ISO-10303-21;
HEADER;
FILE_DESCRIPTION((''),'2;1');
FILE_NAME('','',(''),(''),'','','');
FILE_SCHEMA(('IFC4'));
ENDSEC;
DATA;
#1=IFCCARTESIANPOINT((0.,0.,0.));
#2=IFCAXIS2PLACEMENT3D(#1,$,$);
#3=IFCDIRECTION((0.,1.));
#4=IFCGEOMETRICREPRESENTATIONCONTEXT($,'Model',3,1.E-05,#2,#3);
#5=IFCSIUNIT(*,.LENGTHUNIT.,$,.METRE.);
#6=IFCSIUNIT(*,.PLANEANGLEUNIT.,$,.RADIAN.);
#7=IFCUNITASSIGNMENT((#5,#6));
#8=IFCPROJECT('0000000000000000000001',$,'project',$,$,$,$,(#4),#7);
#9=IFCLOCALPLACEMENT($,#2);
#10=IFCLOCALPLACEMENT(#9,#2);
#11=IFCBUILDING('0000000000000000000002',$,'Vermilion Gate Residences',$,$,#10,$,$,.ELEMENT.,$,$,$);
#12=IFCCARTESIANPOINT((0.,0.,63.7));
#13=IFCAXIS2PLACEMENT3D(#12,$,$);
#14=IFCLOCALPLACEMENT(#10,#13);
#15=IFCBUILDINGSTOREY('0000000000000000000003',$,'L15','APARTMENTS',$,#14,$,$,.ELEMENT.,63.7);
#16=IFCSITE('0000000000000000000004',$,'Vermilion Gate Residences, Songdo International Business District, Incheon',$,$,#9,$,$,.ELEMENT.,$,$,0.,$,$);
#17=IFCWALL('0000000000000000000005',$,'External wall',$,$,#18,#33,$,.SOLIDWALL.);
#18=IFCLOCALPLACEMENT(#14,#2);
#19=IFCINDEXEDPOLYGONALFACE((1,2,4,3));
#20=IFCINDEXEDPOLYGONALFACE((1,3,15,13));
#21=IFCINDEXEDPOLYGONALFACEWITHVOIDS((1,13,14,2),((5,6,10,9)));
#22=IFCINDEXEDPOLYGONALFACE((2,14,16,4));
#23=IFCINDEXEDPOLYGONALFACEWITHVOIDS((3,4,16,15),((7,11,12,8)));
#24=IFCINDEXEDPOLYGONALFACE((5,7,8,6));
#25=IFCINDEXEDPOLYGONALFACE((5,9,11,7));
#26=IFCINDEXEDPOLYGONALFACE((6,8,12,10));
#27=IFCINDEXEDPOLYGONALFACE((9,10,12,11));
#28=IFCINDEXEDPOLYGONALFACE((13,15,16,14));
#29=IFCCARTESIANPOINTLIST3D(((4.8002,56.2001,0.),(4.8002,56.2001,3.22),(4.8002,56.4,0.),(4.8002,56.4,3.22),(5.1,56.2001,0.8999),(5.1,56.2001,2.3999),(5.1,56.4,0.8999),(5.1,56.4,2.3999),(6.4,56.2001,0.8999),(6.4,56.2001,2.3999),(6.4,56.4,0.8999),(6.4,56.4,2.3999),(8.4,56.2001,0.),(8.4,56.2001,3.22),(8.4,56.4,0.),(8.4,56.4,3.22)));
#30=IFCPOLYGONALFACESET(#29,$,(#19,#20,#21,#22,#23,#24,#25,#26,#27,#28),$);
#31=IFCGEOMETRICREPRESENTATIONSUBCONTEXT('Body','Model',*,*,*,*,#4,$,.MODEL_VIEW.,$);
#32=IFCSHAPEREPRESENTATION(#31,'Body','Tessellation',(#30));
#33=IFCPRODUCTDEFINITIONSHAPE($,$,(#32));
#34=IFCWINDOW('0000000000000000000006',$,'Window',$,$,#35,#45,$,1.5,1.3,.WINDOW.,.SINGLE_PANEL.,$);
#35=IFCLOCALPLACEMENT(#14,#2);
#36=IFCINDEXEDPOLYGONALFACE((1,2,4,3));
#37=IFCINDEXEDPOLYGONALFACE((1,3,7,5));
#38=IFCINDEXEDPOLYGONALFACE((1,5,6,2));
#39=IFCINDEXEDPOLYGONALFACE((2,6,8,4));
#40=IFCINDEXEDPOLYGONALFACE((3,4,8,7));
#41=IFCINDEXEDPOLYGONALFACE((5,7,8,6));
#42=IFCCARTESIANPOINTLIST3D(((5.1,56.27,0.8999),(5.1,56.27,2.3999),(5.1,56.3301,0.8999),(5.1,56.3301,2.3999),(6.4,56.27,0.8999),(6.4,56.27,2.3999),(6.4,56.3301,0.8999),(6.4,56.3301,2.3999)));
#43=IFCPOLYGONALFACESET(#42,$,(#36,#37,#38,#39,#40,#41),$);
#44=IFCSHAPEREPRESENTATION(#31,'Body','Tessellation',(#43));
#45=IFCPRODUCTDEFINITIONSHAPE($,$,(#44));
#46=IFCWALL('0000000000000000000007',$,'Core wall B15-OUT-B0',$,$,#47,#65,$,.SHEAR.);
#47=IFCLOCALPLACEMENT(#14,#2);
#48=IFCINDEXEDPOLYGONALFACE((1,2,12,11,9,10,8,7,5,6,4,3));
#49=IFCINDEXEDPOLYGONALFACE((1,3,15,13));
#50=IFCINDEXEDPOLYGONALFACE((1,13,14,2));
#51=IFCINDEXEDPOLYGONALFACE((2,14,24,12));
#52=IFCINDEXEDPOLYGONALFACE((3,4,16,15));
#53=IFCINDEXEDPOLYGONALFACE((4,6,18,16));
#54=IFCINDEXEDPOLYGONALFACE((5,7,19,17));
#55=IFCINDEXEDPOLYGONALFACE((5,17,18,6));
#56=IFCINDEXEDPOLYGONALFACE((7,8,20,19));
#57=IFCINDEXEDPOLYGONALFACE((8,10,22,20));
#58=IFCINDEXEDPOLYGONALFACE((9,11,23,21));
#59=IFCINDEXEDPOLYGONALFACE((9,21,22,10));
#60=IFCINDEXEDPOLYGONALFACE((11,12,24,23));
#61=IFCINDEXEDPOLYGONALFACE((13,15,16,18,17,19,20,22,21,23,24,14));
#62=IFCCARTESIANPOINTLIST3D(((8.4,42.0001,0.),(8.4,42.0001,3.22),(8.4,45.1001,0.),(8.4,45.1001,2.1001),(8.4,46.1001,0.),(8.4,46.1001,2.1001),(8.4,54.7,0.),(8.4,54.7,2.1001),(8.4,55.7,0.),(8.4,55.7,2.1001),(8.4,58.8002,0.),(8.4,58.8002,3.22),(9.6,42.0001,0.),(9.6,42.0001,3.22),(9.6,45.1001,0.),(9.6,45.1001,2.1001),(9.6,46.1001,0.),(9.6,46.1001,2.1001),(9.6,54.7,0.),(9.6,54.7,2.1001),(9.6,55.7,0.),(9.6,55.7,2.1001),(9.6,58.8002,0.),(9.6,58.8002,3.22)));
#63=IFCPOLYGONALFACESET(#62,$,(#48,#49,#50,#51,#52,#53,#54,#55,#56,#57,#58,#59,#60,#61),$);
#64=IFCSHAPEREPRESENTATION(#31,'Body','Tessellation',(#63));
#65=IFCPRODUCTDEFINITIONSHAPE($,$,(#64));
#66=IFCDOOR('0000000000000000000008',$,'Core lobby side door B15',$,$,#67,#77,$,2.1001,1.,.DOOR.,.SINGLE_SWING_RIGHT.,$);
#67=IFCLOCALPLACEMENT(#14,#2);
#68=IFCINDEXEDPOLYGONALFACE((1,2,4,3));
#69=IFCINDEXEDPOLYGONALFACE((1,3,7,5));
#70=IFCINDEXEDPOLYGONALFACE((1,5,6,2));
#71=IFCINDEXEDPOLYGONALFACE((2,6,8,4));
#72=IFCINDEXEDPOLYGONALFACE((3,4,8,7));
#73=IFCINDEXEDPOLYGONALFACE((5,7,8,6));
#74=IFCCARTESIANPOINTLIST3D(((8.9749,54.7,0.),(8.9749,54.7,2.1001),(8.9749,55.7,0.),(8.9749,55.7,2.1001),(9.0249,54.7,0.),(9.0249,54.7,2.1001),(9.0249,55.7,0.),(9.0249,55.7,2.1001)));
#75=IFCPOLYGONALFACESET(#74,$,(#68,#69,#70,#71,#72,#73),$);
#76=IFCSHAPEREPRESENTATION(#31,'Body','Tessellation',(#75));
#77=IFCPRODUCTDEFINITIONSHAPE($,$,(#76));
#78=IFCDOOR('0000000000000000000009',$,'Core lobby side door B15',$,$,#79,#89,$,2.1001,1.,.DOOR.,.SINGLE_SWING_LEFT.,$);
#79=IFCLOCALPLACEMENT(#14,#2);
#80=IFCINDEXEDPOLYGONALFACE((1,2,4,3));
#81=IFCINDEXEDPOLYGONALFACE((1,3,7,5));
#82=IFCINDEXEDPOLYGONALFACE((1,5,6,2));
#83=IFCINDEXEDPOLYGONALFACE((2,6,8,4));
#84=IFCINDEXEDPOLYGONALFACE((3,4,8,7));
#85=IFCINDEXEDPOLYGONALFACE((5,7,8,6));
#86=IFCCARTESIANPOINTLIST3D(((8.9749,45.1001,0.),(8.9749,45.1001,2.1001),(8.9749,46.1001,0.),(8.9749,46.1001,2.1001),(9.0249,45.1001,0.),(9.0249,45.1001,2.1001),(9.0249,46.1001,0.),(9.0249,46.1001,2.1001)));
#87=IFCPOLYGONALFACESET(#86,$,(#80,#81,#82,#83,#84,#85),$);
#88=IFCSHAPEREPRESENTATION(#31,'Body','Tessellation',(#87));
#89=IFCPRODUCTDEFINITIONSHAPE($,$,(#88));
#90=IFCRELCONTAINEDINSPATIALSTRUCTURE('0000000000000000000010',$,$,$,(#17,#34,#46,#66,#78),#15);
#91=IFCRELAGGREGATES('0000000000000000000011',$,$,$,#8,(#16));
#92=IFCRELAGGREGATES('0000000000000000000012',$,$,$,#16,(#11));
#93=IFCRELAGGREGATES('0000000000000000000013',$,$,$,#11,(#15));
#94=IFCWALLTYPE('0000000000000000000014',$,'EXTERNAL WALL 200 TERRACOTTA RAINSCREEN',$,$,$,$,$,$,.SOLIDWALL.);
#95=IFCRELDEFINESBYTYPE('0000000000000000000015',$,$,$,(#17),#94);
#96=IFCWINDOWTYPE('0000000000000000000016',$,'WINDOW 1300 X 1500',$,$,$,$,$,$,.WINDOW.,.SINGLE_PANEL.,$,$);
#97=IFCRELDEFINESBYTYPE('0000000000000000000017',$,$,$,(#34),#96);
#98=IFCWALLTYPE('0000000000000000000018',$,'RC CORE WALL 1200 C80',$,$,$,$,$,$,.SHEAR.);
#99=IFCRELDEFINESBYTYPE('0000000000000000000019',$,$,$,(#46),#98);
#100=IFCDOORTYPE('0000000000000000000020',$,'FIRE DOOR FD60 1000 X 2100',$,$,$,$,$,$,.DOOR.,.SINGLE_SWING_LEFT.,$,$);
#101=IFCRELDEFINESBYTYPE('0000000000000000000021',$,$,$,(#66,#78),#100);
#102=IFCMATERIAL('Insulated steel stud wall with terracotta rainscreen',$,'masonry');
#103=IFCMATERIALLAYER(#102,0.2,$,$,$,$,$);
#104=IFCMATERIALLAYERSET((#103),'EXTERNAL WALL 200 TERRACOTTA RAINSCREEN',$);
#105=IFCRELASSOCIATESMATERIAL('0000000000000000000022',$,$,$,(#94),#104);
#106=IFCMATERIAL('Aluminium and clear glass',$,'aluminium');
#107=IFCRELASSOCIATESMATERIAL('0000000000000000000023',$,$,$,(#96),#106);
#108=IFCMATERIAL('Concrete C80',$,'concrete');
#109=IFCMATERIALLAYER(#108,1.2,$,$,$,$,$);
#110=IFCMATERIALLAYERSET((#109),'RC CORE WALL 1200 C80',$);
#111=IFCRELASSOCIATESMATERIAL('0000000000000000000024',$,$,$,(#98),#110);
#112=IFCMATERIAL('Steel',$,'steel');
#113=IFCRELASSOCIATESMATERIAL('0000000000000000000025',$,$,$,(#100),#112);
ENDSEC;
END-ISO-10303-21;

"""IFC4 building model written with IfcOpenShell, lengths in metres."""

from ifc_helpers import new_model, si_unit, direction, frame, frame_2d, origin, place, context, subcontext, project, spatial, rectangle, extrude, material, layer, layer_set, type_object, element, fill, save


model = new_model("IFC4")

# Units and contexts
model_context = context("Model", 3, precision=1e-05, world=origin(), true_north=direction((0.0, 1.0)))
body_context = subcontext(model_context, "Body", "Model", "MODEL_VIEW")
ifc_project = project(units=[si_unit("LENGTHUNIT", "METRE"), si_unit("PLANEANGLEUNIT", "RADIAN")], contexts=[model_context])

# Site, building, storey
site_placement = place(None, origin())
site = spatial("IfcSite", under=ifc_project, at=site_placement, Name="Vermilion Gate Residences, Songdo International Business District, Incheon", CompositionType="ELEMENT", RefElevation=0.0)
building_placement = place(site_placement, origin())
building = spatial("IfcBuilding", under=site, at=building_placement, Name="Vermilion Gate Residences", CompositionType="ELEMENT")
storey_placement = place(building_placement, frame((0.0, 0.0, 63.7)))
storey = spatial("IfcBuildingStorey", under=building, at=storey_placement, Name="L15", Description="APARTMENTS", CompositionType="ELEMENT", Elevation=63.7)

# Wall, opening, window
ifc_material_1 = material(Name="Insulated steel stud wall with terracotta rainscreen", Category="masonry")
ifc_layer_1 = layer(ifc_material_1, 0.2)
ifc_layer_set_1 = layer_set([ifc_layer_1], Name="EXTERNAL WALL 200 TERRACOTTA RAINSCREEN")
wall_type_1 = type_object("IfcWallType", Name="EXTERNAL WALL 200 TERRACOTTA RAINSCREEN", PredefinedType="SOLIDWALL", material=ifc_layer_set_1)
wall_1_placement = place(storey_placement, frame((8.3999, 56.3, 0.0), z_axis=(0.0, 0.0, 1.0), x_axis=(-1.0, 0.0, 0.0)))
wall_1 = element("IfcWall", 1, at=wall_1_placement, inside=storey, type_object=wall_type_1, Name="External wall", PredefinedType="SOLIDWALL", context=body_context, shape_type="SweptSolid", body=[
    extrude(rectangle(XDim=3.5999, YDim=0.2, at=frame_2d((1.7998, 0.0))), origin(), (0.0, 0.0, 1.0), 3.22),
])
opening_1_placement = place(wall_1_placement, frame((2.0, 0.0, 0.8999)))
opening_1 = element("IfcOpeningElement", 2, at=opening_1_placement, cuts=wall_1, PredefinedType="OPENING", context=body_context, shape_type="SweptSolid", body=[
    extrude(rectangle(XDim=1.3, YDim=1.5, at=frame_2d((0.6499, 0.75))), frame((0.0, 0.1099, 0.0), z_axis=(0.0, -1.0, 0.0), x_axis=(1.0, 0.0, 0.0)), (0.0, 0.0, 1.0), 0.22),
])
ifc_material_2 = material(Name="Aluminium and clear glass", Category="aluminium")
window_type_1 = type_object("IfcWindowType", Name="WINDOW 1300 X 1500", PartitioningType="SINGLE_PANEL", PredefinedType="WINDOW", material=ifc_material_2)
window_1_placement = place(opening_1_placement, origin())
window_1 = element("IfcWindow", 3, at=window_1_placement, inside=storey, type_object=window_type_1, Name="Window", OverallHeight=1.5, OverallWidth=1.3, PartitioningType="SINGLE_PANEL", PredefinedType="WINDOW", context=body_context, shape_type="SweptSolid", body=[
    extrude(rectangle(XDim=1.3, YDim=1.5, at=frame_2d((0.6499, 0.75))), frame((0.0, 0.03, 0.0), z_axis=(0.0, -1.0, 0.0), x_axis=(1.0, 0.0, 0.0)), (0.0, 0.0, 1.0), 0.0601),
])
fill(opening_1, window_1)

# Wall, openings, doors
ifc_material_3 = material(Name="Concrete C80", Category="concrete")
ifc_layer_2 = layer(ifc_material_3, 1.2)
ifc_layer_set_2 = layer_set([ifc_layer_2], Name="RC CORE WALL 1200 C80")
wall_type_2 = type_object("IfcWallType", Name="RC CORE WALL 1200 C80", PredefinedType="SHEAR", material=ifc_layer_set_2)
wall_2_placement = place(storey_placement, frame((9.0, 58.8, 0.0), z_axis=(0.0, 0.0, 1.0), x_axis=(0.0, -1.0, 0.0)))
wall_2 = element("IfcWall", 4, at=wall_2_placement, inside=storey, type_object=wall_type_2, Name="Core wall B15-OUT-B0", PredefinedType="SHEAR", context=body_context, shape_type="SweptSolid", body=[
    extrude(rectangle(XDim=16.8, YDim=1.2, at=frame_2d((8.3999, 0.0))), origin(), (0.0, 0.0, 1.0), 3.22),
])
opening_2_placement = place(wall_2_placement, frame((3.1001, 0.0, 0.0)))
opening_2 = element("IfcOpeningElement", 5, at=opening_2_placement, cuts=wall_2, PredefinedType="OPENING", context=body_context, shape_type="SweptSolid", body=[
    extrude(rectangle(XDim=1.0, YDim=2.1001, at=frame_2d((0.5, 1.05))), frame((0.0, 0.6099, 0.0), z_axis=(0.0, -1.0, 0.0), x_axis=(1.0, 0.0, 0.0)), (0.0, 0.0, 1.0), 1.22),
])
opening_3_placement = place(wall_2_placement, frame((12.7, 0.0, 0.0)))
opening_3 = element("IfcOpeningElement", 6, at=opening_3_placement, cuts=wall_2, PredefinedType="OPENING", context=body_context, shape_type="SweptSolid", body=[
    extrude(rectangle(XDim=1.0, YDim=2.1001, at=frame_2d((0.5, 1.05))), frame((0.0, 0.6099, 0.0), z_axis=(0.0, -1.0, 0.0), x_axis=(1.0, 0.0, 0.0)), (0.0, 0.0, 1.0), 1.22),
])
ifc_material_4 = material(Name="Steel", Category="steel")
door_type_1 = type_object("IfcDoorType", Name="FIRE DOOR FD60 1000 X 2100", OperationType="SINGLE_SWING_LEFT", PredefinedType="DOOR", material=ifc_material_4)
door_1_placement = place(opening_2_placement, origin())
door_1 = element("IfcDoor", 7, at=door_1_placement, inside=storey, type_object=door_type_1, Name="Core lobby side door B15", OperationType="SINGLE_SWING_RIGHT", OverallHeight=2.1001, OverallWidth=1.0, PredefinedType="DOOR", context=body_context, shape_type="SweptSolid", body=[
    extrude(rectangle(XDim=1.0, YDim=2.1001, at=frame_2d((0.5, 1.05))), frame((0.0, 0.0249, 0.0), z_axis=(0.0, -1.0, 0.0), x_axis=(1.0, 0.0, 0.0)), (0.0, 0.0, 1.0), 0.05),
])
fill(opening_2, door_1)
door_2_placement = place(opening_3_placement, origin())
door_2 = element("IfcDoor", 8, at=door_2_placement, inside=storey, type_object=door_type_1, Name="Core lobby side door B15", OperationType="SINGLE_SWING_LEFT", OverallHeight=2.1001, OverallWidth=1.0, PredefinedType="DOOR", context=body_context, shape_type="SweptSolid", body=[
    extrude(rectangle(XDim=1.0, YDim=2.1001, at=frame_2d((0.5, 1.05))), frame((0.0, 0.0249, 0.0), z_axis=(0.0, -1.0, 0.0), x_axis=(1.0, 0.0, 0.0)), (0.0, 0.0, 1.0), 0.05),
])
fill(opening_3, door_2)

save(model, "model.ifc")
